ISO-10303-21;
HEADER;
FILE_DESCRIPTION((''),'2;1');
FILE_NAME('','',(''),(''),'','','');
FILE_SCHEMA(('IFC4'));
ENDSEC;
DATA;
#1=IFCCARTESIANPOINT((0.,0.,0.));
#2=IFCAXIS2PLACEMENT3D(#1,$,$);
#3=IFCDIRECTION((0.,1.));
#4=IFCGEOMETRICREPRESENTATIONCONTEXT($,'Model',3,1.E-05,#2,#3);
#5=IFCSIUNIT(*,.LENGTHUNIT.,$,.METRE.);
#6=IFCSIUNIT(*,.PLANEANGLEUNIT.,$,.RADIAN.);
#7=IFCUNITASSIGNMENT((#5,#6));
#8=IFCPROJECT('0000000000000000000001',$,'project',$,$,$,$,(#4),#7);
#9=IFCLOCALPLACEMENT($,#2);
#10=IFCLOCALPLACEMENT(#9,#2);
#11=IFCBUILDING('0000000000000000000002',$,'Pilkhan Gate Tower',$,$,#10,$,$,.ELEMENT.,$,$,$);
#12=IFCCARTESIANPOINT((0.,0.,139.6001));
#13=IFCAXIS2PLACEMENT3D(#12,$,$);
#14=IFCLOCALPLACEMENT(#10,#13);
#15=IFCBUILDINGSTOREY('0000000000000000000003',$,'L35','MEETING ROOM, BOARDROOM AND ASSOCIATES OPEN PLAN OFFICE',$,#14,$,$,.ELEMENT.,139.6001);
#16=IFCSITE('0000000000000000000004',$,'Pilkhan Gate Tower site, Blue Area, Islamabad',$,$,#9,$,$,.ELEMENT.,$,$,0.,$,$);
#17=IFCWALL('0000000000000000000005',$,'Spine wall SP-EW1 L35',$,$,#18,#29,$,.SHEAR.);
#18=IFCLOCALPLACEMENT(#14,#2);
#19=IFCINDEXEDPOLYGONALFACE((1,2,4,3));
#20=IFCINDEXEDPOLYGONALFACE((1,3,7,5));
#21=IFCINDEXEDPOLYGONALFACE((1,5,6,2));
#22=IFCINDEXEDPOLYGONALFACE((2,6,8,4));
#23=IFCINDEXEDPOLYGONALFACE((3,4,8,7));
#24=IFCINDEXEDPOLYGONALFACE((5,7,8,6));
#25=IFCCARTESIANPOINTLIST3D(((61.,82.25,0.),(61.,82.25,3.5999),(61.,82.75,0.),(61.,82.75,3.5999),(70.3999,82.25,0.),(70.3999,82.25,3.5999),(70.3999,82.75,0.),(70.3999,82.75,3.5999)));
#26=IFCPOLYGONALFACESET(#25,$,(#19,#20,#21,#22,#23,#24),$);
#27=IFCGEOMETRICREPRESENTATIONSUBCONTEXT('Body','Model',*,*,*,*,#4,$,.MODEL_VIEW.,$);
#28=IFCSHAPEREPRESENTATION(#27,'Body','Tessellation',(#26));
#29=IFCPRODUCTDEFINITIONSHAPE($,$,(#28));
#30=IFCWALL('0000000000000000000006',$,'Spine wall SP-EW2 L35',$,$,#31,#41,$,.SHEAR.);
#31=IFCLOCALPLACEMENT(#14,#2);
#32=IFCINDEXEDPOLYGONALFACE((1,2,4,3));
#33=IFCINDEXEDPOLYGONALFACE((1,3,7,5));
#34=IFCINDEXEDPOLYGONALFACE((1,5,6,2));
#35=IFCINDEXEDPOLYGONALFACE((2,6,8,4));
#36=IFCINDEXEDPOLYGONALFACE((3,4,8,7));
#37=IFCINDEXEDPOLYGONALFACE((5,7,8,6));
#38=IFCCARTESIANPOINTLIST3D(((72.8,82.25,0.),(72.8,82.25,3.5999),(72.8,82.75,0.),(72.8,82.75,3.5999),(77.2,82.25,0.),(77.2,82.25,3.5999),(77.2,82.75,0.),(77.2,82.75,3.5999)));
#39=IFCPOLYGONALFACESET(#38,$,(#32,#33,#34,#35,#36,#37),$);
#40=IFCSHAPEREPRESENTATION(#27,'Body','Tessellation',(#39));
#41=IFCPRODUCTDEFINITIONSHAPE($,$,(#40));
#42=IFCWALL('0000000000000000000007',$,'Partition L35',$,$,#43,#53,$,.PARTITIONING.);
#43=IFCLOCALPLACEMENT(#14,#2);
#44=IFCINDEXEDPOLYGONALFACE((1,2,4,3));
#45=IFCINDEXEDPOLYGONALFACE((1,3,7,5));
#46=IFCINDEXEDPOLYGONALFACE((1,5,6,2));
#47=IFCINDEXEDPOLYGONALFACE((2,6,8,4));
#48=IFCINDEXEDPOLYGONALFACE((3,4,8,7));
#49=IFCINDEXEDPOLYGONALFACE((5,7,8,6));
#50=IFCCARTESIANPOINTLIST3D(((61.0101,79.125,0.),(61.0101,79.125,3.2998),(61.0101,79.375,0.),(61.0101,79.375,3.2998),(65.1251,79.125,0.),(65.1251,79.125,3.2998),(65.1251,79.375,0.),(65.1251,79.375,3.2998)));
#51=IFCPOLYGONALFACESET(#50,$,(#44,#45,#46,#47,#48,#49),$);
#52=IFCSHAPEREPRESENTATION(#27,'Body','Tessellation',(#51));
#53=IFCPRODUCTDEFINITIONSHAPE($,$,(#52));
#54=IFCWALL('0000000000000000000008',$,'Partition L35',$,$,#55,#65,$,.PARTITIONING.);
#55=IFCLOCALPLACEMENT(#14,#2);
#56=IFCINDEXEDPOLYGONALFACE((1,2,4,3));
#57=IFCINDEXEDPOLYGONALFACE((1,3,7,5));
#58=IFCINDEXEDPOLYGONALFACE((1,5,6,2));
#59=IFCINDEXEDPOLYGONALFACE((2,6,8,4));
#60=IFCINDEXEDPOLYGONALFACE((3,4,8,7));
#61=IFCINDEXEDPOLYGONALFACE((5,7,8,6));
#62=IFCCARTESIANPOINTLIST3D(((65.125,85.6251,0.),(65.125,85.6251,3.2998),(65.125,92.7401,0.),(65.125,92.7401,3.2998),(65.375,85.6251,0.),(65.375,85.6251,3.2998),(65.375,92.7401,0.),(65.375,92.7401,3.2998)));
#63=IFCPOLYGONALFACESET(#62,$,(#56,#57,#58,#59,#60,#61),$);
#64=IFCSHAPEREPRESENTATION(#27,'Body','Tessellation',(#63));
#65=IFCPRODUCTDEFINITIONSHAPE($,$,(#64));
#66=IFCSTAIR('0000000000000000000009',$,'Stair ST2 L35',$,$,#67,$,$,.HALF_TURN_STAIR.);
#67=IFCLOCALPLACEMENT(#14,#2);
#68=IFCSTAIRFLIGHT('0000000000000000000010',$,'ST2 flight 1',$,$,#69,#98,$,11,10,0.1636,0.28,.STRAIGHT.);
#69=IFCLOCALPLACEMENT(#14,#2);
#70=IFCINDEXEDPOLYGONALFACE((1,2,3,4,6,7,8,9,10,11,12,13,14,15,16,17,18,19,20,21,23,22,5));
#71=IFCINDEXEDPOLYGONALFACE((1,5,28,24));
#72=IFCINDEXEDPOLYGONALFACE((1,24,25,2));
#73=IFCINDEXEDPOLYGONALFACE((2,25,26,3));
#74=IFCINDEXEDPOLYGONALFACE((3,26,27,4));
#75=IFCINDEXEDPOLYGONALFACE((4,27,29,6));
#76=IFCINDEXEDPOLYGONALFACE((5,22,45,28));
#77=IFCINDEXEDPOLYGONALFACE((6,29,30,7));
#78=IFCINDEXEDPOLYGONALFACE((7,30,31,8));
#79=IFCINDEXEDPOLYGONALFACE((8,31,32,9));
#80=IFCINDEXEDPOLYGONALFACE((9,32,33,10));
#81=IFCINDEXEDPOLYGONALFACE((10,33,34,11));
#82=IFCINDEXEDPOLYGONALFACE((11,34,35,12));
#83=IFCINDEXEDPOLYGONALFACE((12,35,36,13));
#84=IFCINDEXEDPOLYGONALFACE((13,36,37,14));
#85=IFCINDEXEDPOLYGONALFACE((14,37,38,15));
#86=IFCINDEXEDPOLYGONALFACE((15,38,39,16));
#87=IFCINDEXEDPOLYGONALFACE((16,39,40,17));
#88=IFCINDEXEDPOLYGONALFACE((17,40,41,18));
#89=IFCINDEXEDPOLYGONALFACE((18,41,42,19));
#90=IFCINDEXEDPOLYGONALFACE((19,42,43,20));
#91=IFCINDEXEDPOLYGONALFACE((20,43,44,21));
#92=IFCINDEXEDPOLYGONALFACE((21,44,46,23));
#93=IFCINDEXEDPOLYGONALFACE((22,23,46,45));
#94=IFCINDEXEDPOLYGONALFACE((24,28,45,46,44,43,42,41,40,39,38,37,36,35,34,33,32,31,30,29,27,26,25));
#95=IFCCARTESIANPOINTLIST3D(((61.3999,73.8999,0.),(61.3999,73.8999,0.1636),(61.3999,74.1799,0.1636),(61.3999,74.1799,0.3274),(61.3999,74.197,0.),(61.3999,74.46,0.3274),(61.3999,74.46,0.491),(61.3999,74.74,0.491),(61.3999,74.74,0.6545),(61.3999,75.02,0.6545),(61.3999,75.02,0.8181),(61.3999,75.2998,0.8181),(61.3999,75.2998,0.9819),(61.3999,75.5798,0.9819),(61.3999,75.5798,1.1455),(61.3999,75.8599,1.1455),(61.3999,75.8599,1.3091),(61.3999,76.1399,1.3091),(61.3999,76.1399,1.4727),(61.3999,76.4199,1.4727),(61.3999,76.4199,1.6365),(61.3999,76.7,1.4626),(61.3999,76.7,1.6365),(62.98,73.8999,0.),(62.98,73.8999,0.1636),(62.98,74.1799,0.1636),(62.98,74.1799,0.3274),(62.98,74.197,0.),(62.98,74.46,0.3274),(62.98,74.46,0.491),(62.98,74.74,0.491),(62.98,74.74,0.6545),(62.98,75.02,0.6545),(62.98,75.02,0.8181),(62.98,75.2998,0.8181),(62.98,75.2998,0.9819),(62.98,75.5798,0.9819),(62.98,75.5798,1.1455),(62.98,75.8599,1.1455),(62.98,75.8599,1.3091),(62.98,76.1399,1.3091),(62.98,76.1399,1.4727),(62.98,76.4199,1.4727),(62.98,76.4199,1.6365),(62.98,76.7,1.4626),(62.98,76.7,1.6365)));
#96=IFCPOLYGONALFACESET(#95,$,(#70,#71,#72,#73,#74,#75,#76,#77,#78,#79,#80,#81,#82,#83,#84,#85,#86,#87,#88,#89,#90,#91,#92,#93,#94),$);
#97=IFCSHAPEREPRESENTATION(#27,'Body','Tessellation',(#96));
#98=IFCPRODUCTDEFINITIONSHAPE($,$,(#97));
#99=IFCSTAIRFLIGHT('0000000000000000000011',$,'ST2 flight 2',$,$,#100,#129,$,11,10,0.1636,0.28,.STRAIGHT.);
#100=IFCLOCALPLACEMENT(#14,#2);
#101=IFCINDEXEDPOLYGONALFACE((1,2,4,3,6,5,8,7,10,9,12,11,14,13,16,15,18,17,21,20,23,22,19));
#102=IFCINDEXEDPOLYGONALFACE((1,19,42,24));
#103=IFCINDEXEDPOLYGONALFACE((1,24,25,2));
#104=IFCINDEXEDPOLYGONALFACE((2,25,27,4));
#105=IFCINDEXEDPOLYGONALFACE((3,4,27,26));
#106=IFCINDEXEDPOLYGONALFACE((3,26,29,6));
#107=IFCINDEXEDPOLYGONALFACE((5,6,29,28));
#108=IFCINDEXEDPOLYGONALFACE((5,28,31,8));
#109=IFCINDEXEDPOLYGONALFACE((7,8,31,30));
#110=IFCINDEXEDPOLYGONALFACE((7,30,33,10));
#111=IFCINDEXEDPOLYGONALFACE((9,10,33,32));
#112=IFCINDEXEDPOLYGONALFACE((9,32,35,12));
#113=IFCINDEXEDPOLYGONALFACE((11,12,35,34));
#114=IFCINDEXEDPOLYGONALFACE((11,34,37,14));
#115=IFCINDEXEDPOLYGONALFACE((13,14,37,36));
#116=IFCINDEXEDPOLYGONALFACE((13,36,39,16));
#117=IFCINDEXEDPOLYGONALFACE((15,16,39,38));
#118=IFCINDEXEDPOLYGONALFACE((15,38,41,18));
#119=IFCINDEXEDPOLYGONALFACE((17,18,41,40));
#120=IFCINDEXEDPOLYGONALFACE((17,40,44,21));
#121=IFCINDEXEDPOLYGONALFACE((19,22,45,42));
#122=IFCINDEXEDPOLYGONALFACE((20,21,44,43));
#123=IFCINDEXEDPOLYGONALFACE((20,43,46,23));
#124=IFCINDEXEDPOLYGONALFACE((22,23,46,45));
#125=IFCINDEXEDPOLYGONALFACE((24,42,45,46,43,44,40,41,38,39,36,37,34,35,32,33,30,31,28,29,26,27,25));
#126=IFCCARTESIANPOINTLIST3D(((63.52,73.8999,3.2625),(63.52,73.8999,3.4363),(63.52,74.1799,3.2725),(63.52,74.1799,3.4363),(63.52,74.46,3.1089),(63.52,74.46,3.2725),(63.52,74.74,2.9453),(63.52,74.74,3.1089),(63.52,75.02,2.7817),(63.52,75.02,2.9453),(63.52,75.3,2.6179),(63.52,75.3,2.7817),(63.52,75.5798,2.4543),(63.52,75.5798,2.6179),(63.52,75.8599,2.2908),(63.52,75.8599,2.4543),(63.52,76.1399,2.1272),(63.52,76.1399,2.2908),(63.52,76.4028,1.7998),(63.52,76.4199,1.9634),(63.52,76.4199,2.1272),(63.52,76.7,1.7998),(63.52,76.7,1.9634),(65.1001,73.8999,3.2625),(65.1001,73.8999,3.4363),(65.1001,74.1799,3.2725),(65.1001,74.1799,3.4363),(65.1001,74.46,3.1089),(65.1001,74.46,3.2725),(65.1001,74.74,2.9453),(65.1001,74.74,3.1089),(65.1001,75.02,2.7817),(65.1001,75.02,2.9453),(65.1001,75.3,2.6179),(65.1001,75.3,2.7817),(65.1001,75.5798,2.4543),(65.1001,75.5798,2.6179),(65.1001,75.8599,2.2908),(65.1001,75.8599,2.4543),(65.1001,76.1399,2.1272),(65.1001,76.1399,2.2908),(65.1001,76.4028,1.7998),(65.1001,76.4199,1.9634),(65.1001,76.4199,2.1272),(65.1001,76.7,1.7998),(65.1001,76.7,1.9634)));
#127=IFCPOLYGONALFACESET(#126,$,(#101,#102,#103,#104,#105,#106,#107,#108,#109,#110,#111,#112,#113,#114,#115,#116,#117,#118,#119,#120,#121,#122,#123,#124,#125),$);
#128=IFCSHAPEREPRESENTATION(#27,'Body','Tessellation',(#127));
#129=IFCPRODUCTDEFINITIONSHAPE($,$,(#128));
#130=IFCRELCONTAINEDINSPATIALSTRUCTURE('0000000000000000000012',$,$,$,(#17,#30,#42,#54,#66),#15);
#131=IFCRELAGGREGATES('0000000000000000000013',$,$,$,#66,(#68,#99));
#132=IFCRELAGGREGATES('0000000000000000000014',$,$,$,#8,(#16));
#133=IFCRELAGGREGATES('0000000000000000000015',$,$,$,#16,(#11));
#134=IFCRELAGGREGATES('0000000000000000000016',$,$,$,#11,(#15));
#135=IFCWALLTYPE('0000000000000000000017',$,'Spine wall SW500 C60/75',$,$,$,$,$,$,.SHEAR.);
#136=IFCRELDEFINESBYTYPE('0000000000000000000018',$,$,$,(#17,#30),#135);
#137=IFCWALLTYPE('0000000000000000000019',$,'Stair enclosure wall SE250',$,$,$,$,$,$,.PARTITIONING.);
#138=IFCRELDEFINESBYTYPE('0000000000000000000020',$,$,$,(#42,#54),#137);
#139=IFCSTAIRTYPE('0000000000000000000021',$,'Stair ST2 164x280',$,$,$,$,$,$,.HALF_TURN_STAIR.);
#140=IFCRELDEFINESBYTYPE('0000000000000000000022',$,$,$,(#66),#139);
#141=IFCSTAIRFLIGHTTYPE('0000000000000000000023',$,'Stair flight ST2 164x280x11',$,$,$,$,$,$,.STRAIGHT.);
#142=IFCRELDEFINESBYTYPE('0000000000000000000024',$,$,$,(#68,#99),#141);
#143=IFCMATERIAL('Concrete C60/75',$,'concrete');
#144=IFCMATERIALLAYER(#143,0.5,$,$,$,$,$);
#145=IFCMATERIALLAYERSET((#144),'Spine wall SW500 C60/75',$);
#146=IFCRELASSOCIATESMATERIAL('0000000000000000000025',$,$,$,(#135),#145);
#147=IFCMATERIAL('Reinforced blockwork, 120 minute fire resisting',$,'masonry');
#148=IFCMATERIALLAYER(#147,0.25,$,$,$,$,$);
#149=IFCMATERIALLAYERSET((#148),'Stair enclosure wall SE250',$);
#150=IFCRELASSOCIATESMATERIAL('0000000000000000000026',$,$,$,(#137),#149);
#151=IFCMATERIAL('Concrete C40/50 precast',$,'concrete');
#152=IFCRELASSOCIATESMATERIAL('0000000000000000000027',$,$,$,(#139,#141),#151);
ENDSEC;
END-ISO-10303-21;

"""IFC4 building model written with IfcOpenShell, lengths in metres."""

from ifc_helpers import new_model, si_unit, direction, frame, frame_2d, origin, place, context, subcontext, project, spatial, polyline, rectangle, outline, extrude, material, layer, layer_set, type_object, element, aggregate, save


model = new_model("IFC4")

# Units and contexts
model_context = context("Model", 3, precision=1e-05, world=origin(), true_north=direction((0.0, 1.0)))
body_context = subcontext(model_context, "Body", "Model", "MODEL_VIEW")
ifc_project = project(units=[si_unit("LENGTHUNIT", "METRE"), si_unit("PLANEANGLEUNIT", "RADIAN")], contexts=[model_context])

# Site, building, storey
site_placement = place(None, origin())
site = spatial("IfcSite", under=ifc_project, at=site_placement, Name="Pilkhan Gate Tower site, Blue Area, Islamabad", CompositionType="ELEMENT", RefElevation=0.0)
building_placement = place(site_placement, origin())
building = spatial("IfcBuilding", under=site, at=building_placement, Name="Pilkhan Gate Tower", CompositionType="ELEMENT")
storey_placement = place(building_placement, frame((0.0, 0.0, 139.6001)))
storey = spatial("IfcBuildingStorey", under=building, at=storey_placement, Name="L35", Description="MEETING ROOM, BOARDROOM AND ASSOCIATES OPEN PLAN OFFICE", CompositionType="ELEMENT", Elevation=139.6001)

# Shared definitions
ifc_material_1 = material(Name="Concrete C60/75", Category="concrete")

# Walls
ifc_layer_1 = layer(ifc_material_1, 0.5)
ifc_layer_set_1 = layer_set([ifc_layer_1], Name="Spine wall SW500 C60/75")
wall_type_1 = type_object("IfcWallType", Name="Spine wall SW500 C60/75", PredefinedType="SHEAR", material=ifc_layer_set_1)
wall_1_placement = place(storey_placement, frame((61.0, 82.5, 0.0), z_axis=(0.0, 0.0, 1.0), x_axis=(1.0, 0.0, 0.0)))
element("IfcWall", 1, at=wall_1_placement, inside=storey, type_object=wall_type_1, Name="Spine wall SP-EW1 L35", PredefinedType="SHEAR", context=body_context, shape_type="SweptSolid", body=[
    extrude(rectangle(XDim=9.3999, YDim=0.5, at=frame_2d((4.7, 0.0))), origin(), (0.0, 0.0, 1.0), 3.5999),
])
wall_2_placement = place(storey_placement, frame((72.8, 82.5, 0.0), z_axis=(0.0, 0.0, 1.0), x_axis=(1.0, 0.0, 0.0)))
element("IfcWall", 2, at=wall_2_placement, inside=storey, type_object=wall_type_1, Name="Spine wall SP-EW2 L35", PredefinedType="SHEAR", context=body_context, shape_type="SweptSolid", body=[
    extrude(rectangle(XDim=4.3999, YDim=0.5, at=frame_2d((2.2, 0.0))), origin(), (0.0, 0.0, 1.0), 3.5999),
])
ifc_material_2 = material(Name="Reinforced blockwork, 120 minute fire resisting", Category="masonry")
ifc_layer_2 = layer(ifc_material_2, 0.25)
ifc_layer_set_2 = layer_set([ifc_layer_2], Name="Stair enclosure wall SE250")
wall_type_2 = type_object("IfcWallType", Name="Stair enclosure wall SE250", PredefinedType="PARTITIONING", material=ifc_layer_set_2)
wall_3_placement = place(storey_placement, frame((61.01, 79.25, 0.0), z_axis=(0.0, 0.0, 1.0), x_axis=(1.0, 0.0, 0.0)))
element("IfcWall", 3, at=wall_3_placement, inside=storey, type_object=wall_type_2, Name="Partition L35", PredefinedType="PARTITIONING", context=body_context, shape_type="SweptSolid", body=[
    extrude(rectangle(XDim=4.115, YDim=0.25, at=frame_2d((2.0576, 0.0))), origin(), (0.0, 0.0, 1.0), 3.2998),
])
wall_4_placement = place(storey_placement, frame((65.25, 85.625, 0.0), z_axis=(0.0, 0.0, 1.0), x_axis=(0.0, 1.0, 0.0)))
element("IfcWall", 4, at=wall_4_placement, inside=storey, type_object=wall_type_2, Name="Partition L35", PredefinedType="PARTITIONING", context=body_context, shape_type="SweptSolid", body=[
    extrude(rectangle(XDim=7.115, YDim=0.25, at=frame_2d((3.5576, 0.0))), origin(), (0.0, 0.0, 1.0), 3.2998),
])

# Stair, stair flights
ifc_material_3 = material(Name="Concrete C40/50 precast", Category="concrete")
stair_type = type_object("IfcStairType", Name="Stair ST2 164x280", PredefinedType="HALF_TURN_STAIR", material=ifc_material_3)
stair_placement = place(storey_placement, origin())
stair = element("IfcStair", 5, at=stair_placement, inside=storey, type_object=stair_type, Name="Stair ST2 L35", PredefinedType="HALF_TURN_STAIR")
stair_flight_type = type_object("IfcStairFlightType", Name="Stair flight ST2 164x280x11", PredefinedType="STRAIGHT", material=ifc_material_3)
stair_flight_1_placement = place(storey_placement, frame((62.1899, 73.8999, 0.0), z_axis=(0.0, 0.0, 1.0), x_axis=(0.0, 1.0, 0.0)))
stair_flight_1 = element("IfcStairFlight", 6, at=stair_flight_1_placement, type_object=stair_flight_type, Name="ST2 flight 1", NumberOfRisers=11, NumberOfTreads=10, PredefinedType="STRAIGHT", RiserHeight=0.1636, TreadLength=0.28, context=body_context, shape_type="SweptSolid", body=[
    extrude(outline(polyline([(0.0, 0.0), (0.0, 0.1636), (0.28, 0.1636), (0.28, 0.3274), (0.5601, 0.3274), (0.5601, 0.491), (0.8401, 0.491), (0.8401, 0.6545), (1.1201, 0.6545), (1.1201, 0.8181), (1.3999, 0.8181), (1.3999, 0.9819), (1.6799, 0.9819), (1.6799, 1.1455), (1.96, 1.1455), (1.96, 1.3091), (2.24, 1.3091), (2.24, 1.4727), (2.52, 1.4727), (2.52, 1.6365), (2.8, 1.6365), (2.8, 1.8), (2.8, 1.4626), (0.2971, 0.0), (0.0, 0.0)])), frame((0.0, 0.79, 0.0), z_axis=(0.0, -1.0, 0.0), x_axis=(1.0, 0.0, 0.0)), (0.0, 0.0, 1.0), 1.5801),
])
stair_flight_2_placement = place(storey_placement, frame((64.3101, 76.7, 1.7998), z_axis=(0.0, 0.0, 1.0), x_axis=(0.0, -1.0, 0.0)))
stair_flight_2 = element("IfcStairFlight", 7, at=stair_flight_2_placement, type_object=stair_flight_type, Name="ST2 flight 2", NumberOfRisers=11, NumberOfTreads=10, PredefinedType="STRAIGHT", RiserHeight=0.1636, TreadLength=0.28, context=body_context, shape_type="SweptSolid", body=[
    extrude(outline(polyline([(0.0, 0.0), (0.0, 0.1636), (0.28, 0.1636), (0.28, 0.3274), (0.5601, 0.3274), (0.5601, 0.491), (0.8401, 0.491), (0.8401, 0.6545), (1.1201, 0.6545), (1.1201, 0.8181), (1.3999, 0.8181), (1.3999, 0.9819), (1.6799, 0.9819), (1.6799, 1.1455), (1.96, 1.1455), (1.96, 1.3091), (2.24, 1.3091), (2.24, 1.4727), (2.52, 1.4727), (2.52, 1.6365), (2.8, 1.6365), (2.8, 1.8), (2.8, 1.4626), (0.2971, 0.0), (0.0, 0.0)])), frame((0.0, 0.79, 0.0), z_axis=(0.0, -1.0, 0.0), x_axis=(1.0, 0.0, 0.0)), (0.0, 0.0, 1.0), 1.5801),
])
aggregate(stair, [stair_flight_1, stair_flight_2])

save(model, "model.ifc")
